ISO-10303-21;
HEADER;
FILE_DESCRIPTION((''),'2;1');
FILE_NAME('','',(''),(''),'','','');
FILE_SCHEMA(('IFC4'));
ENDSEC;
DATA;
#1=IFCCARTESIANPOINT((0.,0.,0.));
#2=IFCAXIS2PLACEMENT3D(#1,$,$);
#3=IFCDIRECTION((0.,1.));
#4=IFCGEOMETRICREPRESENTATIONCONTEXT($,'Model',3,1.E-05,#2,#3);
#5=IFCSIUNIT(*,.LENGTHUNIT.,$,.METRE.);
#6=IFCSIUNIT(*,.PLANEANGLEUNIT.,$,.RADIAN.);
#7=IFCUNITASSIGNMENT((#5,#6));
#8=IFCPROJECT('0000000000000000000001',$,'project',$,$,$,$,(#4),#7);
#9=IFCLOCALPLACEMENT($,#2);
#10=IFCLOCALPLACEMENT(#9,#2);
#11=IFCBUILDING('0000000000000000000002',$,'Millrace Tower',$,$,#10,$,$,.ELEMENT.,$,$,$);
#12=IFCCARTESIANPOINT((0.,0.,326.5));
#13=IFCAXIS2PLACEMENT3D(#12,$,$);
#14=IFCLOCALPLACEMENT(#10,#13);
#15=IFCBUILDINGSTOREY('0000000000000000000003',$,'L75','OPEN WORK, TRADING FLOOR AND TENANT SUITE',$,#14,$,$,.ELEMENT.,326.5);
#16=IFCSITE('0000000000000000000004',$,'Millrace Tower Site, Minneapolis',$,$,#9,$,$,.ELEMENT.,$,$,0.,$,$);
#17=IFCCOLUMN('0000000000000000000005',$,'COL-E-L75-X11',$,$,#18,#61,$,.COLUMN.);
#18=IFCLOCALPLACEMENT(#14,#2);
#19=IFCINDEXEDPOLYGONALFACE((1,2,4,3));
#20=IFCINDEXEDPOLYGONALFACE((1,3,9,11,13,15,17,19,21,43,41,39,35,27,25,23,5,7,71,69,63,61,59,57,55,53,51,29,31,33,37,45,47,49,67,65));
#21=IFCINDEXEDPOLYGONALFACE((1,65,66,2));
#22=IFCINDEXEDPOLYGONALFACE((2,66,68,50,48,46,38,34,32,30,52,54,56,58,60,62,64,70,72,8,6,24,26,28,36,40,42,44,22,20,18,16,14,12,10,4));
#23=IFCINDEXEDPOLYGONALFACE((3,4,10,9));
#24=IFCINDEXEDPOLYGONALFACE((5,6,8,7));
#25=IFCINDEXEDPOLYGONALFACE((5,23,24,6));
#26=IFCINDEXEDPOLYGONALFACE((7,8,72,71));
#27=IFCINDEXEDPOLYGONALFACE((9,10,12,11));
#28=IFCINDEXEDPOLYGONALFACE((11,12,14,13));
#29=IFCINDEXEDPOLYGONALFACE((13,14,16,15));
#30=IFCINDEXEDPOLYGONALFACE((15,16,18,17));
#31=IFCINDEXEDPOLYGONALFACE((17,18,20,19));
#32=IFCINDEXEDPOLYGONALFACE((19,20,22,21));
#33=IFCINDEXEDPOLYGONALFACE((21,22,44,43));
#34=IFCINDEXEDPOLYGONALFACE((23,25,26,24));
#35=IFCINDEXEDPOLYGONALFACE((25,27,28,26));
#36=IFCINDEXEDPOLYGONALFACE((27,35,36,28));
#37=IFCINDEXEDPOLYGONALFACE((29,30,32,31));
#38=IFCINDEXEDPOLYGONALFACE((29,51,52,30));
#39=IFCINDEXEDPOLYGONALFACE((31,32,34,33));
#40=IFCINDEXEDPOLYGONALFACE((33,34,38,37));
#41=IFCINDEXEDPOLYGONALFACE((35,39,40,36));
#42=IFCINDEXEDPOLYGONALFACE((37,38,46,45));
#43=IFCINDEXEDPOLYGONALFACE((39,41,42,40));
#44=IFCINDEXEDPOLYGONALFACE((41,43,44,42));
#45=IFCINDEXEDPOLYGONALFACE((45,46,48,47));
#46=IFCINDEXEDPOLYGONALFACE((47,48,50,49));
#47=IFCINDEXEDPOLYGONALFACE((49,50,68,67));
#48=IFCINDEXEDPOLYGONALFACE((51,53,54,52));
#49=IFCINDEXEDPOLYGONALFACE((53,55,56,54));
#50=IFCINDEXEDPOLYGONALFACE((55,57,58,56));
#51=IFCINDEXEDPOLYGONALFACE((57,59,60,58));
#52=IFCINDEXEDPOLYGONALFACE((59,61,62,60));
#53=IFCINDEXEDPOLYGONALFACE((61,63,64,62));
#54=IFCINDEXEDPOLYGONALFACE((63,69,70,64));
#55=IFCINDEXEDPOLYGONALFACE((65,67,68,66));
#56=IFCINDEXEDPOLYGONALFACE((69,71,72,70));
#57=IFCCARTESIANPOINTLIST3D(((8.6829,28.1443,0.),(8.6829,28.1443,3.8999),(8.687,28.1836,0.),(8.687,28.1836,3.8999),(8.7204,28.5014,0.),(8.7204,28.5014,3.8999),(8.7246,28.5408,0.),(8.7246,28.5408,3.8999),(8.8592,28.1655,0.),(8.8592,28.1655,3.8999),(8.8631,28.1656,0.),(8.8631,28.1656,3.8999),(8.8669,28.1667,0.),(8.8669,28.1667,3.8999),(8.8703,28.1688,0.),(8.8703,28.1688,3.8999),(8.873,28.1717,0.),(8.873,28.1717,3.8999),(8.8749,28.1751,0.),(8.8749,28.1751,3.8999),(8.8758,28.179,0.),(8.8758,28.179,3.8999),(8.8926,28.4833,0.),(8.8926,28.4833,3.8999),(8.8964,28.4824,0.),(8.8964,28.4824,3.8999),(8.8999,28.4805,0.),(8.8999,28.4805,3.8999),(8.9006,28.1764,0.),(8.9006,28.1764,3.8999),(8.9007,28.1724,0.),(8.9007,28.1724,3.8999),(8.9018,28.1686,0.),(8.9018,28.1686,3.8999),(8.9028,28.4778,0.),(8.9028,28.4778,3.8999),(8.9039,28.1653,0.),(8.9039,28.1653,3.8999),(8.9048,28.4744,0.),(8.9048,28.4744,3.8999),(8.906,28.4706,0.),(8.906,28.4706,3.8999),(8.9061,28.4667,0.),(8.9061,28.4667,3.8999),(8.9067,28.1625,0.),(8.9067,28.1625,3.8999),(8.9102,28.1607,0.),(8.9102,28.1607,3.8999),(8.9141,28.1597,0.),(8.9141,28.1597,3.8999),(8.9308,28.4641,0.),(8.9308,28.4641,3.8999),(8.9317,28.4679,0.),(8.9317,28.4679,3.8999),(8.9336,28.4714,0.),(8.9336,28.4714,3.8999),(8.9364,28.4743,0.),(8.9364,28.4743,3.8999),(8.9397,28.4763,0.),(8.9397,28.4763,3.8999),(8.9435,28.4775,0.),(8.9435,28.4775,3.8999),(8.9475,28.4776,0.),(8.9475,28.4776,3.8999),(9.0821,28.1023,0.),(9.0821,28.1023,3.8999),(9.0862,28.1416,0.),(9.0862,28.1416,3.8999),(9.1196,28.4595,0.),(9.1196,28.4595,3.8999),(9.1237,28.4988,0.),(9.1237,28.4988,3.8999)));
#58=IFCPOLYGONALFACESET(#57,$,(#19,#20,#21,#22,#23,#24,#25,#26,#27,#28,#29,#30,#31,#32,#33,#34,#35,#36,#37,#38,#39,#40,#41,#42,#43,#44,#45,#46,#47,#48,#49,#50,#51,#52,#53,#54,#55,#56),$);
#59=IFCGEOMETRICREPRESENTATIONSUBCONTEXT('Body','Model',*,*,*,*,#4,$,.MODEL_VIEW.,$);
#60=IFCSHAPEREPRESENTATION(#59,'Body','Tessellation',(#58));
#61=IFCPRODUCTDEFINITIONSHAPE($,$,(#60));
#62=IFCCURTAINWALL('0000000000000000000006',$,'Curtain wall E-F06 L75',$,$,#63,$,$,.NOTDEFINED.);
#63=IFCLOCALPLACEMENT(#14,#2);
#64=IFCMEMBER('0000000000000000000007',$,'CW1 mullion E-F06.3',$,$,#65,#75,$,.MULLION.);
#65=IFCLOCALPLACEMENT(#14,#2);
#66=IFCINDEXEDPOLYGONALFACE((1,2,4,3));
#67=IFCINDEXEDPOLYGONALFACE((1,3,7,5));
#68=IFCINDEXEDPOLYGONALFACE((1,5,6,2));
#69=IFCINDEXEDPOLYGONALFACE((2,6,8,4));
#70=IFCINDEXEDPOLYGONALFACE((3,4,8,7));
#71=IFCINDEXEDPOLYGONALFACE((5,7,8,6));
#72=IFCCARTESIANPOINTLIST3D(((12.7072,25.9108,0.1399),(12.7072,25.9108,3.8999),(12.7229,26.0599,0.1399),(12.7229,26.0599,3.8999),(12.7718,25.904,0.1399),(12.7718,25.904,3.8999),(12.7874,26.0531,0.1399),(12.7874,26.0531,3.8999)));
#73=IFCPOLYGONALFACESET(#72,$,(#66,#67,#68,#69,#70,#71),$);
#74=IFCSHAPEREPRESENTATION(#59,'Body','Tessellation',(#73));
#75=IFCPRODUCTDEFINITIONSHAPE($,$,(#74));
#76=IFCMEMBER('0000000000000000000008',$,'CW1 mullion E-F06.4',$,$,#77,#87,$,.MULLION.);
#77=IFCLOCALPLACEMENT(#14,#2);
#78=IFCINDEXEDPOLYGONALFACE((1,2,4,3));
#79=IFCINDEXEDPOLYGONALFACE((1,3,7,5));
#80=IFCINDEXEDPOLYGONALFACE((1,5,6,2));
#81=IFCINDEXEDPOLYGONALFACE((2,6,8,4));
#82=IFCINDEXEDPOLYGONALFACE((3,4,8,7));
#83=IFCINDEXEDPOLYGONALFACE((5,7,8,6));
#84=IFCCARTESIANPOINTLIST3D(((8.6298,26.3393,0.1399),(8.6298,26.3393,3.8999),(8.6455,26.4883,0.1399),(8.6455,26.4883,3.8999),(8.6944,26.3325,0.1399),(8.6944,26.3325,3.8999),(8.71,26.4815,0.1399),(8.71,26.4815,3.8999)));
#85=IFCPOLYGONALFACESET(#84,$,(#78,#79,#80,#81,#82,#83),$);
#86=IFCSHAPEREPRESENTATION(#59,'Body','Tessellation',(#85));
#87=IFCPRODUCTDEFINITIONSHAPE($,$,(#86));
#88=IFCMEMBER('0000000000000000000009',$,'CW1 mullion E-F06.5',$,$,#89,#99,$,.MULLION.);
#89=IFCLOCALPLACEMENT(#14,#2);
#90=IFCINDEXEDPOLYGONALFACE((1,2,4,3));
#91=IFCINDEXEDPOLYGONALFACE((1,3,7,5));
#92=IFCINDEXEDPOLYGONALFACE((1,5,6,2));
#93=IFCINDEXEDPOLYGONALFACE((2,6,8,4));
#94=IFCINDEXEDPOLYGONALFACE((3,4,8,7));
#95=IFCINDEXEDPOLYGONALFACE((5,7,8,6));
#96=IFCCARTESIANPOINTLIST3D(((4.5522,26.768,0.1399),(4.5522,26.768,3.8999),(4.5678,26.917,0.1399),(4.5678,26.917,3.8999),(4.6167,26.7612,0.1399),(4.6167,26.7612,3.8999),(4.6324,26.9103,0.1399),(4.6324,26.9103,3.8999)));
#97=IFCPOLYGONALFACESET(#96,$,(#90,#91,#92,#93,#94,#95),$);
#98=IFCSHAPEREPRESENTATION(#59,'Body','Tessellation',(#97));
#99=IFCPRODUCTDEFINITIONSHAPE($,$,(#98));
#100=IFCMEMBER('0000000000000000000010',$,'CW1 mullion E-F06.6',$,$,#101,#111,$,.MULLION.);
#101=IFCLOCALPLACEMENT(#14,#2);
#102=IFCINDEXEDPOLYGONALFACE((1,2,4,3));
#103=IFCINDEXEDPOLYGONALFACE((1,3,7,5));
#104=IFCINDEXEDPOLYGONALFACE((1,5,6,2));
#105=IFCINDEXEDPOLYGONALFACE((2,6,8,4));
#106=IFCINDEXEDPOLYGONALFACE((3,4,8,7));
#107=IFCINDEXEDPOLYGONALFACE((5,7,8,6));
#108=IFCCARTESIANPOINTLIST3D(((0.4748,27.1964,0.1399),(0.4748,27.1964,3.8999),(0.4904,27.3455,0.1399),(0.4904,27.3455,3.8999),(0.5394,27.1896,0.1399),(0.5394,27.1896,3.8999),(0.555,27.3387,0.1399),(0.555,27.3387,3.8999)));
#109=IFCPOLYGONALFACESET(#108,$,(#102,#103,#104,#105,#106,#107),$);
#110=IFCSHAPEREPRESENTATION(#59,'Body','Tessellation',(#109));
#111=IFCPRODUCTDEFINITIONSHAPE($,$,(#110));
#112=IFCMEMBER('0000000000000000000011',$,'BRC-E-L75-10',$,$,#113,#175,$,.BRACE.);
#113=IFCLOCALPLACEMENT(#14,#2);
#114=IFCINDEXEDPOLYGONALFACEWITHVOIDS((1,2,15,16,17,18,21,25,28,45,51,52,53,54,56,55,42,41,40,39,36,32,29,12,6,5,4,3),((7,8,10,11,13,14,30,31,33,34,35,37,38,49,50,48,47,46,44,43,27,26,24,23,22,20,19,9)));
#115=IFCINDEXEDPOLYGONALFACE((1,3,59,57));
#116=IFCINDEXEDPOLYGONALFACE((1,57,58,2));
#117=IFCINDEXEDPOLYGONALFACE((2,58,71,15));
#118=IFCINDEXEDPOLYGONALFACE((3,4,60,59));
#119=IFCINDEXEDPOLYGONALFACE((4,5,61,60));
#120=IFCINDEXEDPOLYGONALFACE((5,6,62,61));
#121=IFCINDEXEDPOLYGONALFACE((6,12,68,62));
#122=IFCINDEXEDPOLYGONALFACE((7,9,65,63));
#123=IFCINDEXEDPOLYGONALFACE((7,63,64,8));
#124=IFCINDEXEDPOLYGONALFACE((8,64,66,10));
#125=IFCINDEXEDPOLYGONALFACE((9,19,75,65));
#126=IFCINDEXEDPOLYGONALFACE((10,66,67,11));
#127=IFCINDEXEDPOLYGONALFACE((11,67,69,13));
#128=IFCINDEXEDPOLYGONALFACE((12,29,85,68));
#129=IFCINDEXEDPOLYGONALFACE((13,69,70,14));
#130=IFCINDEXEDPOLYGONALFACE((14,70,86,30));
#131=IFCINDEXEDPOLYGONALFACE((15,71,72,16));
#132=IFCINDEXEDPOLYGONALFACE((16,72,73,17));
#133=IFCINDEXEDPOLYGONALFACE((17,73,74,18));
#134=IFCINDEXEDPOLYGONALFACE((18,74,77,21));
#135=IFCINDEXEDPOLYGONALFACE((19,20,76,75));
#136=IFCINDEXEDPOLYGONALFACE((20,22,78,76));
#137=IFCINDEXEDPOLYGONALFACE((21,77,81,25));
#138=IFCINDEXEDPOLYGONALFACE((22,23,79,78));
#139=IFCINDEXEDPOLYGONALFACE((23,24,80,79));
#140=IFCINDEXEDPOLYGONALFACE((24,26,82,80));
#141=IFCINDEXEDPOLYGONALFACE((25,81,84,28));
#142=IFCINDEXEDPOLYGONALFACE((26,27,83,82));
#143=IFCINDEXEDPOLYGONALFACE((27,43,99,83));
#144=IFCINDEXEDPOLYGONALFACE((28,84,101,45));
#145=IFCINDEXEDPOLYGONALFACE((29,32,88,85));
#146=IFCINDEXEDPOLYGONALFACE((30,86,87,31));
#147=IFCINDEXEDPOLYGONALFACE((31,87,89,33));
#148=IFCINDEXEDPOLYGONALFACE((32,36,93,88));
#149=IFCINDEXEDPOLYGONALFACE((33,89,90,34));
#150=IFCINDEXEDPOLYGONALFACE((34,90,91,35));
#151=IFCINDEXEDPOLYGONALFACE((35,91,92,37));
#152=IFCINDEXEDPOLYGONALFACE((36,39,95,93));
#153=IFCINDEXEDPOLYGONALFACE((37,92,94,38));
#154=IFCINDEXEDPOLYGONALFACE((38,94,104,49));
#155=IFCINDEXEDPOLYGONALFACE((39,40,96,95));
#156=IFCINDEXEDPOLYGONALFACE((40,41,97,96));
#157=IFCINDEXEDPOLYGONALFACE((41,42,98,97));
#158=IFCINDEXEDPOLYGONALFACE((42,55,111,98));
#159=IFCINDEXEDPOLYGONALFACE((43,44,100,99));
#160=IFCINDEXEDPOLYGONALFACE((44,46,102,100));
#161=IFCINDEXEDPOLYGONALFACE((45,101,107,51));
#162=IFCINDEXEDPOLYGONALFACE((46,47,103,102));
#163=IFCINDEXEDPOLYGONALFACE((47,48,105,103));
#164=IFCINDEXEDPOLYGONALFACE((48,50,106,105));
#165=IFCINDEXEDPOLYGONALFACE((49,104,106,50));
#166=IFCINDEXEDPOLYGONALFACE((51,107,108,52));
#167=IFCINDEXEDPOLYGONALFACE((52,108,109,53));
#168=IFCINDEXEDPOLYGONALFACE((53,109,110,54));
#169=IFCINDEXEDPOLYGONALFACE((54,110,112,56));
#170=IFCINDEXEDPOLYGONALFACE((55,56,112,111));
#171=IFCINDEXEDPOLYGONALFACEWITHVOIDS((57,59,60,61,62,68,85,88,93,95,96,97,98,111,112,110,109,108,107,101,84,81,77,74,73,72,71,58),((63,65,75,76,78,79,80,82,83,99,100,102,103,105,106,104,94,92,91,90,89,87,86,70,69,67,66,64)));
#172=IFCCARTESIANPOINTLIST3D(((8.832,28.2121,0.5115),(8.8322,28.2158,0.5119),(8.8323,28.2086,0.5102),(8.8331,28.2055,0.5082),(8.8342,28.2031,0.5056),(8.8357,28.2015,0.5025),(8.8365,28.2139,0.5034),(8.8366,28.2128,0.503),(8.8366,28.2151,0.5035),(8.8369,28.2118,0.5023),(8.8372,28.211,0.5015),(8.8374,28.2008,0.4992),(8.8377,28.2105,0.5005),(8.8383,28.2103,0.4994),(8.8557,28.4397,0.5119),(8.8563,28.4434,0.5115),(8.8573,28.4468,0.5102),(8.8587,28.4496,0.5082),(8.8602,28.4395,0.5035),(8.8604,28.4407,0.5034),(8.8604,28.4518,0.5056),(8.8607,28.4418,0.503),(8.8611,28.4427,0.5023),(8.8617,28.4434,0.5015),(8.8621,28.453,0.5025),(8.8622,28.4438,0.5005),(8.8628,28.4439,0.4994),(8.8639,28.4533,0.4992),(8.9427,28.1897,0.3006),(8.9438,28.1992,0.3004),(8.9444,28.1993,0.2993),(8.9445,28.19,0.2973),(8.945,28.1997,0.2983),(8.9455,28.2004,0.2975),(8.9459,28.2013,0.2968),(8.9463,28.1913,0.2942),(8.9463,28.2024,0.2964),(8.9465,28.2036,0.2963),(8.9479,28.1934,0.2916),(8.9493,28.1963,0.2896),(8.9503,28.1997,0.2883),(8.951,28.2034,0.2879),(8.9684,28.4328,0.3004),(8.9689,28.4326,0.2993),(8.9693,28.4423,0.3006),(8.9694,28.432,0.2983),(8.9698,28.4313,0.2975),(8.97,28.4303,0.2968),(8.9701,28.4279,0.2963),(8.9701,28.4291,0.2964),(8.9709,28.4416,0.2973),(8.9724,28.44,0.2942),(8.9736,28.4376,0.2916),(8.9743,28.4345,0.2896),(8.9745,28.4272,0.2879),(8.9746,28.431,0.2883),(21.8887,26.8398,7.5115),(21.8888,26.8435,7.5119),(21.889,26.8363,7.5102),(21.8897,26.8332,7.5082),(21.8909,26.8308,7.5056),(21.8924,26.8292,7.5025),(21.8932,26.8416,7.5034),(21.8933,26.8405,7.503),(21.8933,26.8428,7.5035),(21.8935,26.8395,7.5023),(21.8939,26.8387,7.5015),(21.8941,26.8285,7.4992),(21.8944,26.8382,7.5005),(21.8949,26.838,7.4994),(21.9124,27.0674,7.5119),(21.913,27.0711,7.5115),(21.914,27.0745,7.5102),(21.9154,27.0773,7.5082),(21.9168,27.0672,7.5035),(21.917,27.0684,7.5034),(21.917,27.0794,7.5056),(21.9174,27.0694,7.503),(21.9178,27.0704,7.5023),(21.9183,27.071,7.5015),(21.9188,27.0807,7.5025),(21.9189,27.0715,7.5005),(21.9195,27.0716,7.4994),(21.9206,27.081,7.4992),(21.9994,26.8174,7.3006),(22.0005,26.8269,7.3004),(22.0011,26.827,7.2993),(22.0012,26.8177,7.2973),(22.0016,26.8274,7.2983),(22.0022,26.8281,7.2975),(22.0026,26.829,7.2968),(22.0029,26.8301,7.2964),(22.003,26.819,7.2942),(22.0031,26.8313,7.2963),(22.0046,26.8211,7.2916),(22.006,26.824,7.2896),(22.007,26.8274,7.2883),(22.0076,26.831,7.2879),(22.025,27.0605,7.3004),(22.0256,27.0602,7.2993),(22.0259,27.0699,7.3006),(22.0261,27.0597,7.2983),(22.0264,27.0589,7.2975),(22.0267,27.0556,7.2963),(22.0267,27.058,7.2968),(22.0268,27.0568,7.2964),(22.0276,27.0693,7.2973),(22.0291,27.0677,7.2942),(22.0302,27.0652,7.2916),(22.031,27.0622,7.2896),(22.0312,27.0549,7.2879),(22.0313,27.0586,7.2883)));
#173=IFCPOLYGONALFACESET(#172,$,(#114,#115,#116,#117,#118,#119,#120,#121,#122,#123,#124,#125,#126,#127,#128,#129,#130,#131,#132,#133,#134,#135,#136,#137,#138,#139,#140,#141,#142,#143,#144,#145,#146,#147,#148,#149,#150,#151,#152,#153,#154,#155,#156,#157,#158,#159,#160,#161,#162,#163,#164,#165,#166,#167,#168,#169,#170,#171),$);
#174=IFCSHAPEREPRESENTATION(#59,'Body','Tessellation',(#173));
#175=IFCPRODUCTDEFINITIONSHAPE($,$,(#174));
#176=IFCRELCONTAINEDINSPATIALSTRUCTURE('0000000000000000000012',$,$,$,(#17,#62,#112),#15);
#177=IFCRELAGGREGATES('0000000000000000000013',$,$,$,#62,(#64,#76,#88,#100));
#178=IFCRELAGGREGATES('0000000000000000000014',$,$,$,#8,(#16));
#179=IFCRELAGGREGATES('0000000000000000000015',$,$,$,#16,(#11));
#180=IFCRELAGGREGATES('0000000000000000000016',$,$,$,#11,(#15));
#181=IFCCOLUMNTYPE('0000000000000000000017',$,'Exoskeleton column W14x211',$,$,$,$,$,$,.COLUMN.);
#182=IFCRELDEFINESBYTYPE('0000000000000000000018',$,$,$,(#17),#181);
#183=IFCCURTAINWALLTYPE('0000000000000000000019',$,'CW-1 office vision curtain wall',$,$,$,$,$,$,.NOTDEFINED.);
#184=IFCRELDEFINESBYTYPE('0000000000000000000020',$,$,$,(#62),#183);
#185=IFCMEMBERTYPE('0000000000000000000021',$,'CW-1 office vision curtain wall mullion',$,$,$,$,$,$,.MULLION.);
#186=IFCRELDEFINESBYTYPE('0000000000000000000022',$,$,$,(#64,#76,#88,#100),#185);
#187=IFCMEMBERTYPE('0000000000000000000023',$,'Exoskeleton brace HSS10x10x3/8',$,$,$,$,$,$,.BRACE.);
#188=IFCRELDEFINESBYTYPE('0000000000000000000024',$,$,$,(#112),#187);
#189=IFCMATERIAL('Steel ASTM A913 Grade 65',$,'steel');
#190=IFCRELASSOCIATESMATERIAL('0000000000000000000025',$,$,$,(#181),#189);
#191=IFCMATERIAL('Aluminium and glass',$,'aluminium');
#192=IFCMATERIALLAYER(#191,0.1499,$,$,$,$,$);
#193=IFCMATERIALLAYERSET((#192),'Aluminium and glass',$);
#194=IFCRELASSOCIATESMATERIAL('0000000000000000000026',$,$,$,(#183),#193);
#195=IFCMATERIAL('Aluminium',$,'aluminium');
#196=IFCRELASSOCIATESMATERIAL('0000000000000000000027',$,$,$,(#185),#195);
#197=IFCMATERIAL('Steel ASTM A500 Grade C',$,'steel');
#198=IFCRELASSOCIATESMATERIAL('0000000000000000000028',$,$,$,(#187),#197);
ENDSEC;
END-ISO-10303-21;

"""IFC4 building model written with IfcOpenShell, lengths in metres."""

from ifc_helpers import new_model, si_unit, direction, frame, origin, origin_2d, place, context, subcontext, project, spatial, rectangle, hollow_rectangle, i_section, extrude, material, layer, layer_set, material_profile, profile_set, type_object, element, aggregate, save


model = new_model("IFC4")

# Units and contexts
model_context = context("Model", 3, precision=1e-05, world=origin(), true_north=direction((0.0, 1.0)))
body_context = subcontext(model_context, "Body", "Model", "MODEL_VIEW")
ifc_project = project(units=[si_unit("LENGTHUNIT", "METRE"), si_unit("PLANEANGLEUNIT", "RADIAN")], contexts=[model_context])

# Site, building, storey
site_placement = place(None, origin())
site = spatial("IfcSite", under=ifc_project, at=site_placement, Name="Millrace Tower Site, Minneapolis", CompositionType="ELEMENT", RefElevation=0.0)
building_placement = place(site_placement, origin())
building = spatial("IfcBuilding", under=site, at=building_placement, Name="Millrace Tower", CompositionType="ELEMENT")
storey_placement = place(building_placement, frame((0.0, 0.0, 326.5)))
storey = spatial("IfcBuildingStorey", under=building, at=storey_placement, Name="L75", Description="OPEN WORK, TRADING FLOOR AND TENANT SUITE", CompositionType="ELEMENT", Elevation=326.5)

# Column
ifc_material_1 = material(Name="Steel ASTM A913 Grade 65", Category="steel")
ifc_material_profile_1 = material_profile(ifc_material_1, i_section(OverallWidth=0.4014, OverallDepth=0.3987, WebThickness=0.0249, FlangeThickness=0.0396, FilletRadius=0.0151, at=origin_2d()))
ifc_profile_set_1 = profile_set([ifc_material_profile_1], Name="Steel ASTM A913 Grade 65")
column_type = type_object("IfcColumnType", Name="Exoskeleton column W14x211", PredefinedType="COLUMN", material=ifc_profile_set_1)
column_placement = place(storey_placement, frame((8.9033, 28.3215, 0.0), z_axis=(0.0, 0.0, 1.0), x_axis=(-0.994522, 0.104528, 0.0)))
element("IfcColumn", 1, at=column_placement, inside=storey, type_object=column_type, Name="COL-E-L75-X11", PredefinedType="COLUMN", context=body_context, shape_type="SweptSolid", body=[
    extrude(i_section(OverallWidth=0.4014, OverallDepth=0.3987, WebThickness=0.0249, FlangeThickness=0.0396, FilletRadius=0.0151, at=origin_2d()), origin(), (0.0, 0.0, 1.0), 3.8999),
])

# Curtain wall, members
ifc_material_2 = material(Name="Aluminium and glass", Category="aluminium")
ifc_layer_1 = layer(ifc_material_2, 0.1499)
ifc_layer_set_1 = layer_set([ifc_layer_1], Name="Aluminium and glass")
curtain_wall_type = type_object("IfcCurtainWallType", Name="CW-1 office vision curtain wall", PredefinedType="NOTDEFINED", material=ifc_layer_set_1)
curtain_wall_placement = place(storey_placement, origin())
curtain_wall = element("IfcCurtainWall", 2, at=curtain_wall_placement, inside=storey, type_object=curtain_wall_type, Name="Curtain wall E-F06 L75", PredefinedType="NOTDEFINED")
ifc_material_3 = material(Name="Aluminium", Category="aluminium")
ifc_material_profile_2 = material_profile(ifc_material_3, rectangle(XDim=0.0649, YDim=0.1499, at=origin_2d()))
ifc_profile_set_2 = profile_set([ifc_material_profile_2], Name="Aluminium")
member_type_1 = type_object("IfcMemberType", Name="CW-1 office vision curtain wall mullion", PredefinedType="MULLION", material=ifc_profile_set_2)
member_1_placement = place(storey_placement, frame((12.7473, 25.9819, 0.1399), z_axis=(0.0, 0.0, 1.0), x_axis=(-0.994522, 0.104528, 0.0)))
member_1 = element("IfcMember", 3, at=member_1_placement, type_object=member_type_1, Name="CW1 mullion E-F06.3", PredefinedType="MULLION", context=body_context, shape_type="SweptSolid", body=[
    extrude(rectangle(XDim=0.0649, YDim=0.1499, at=origin_2d()), origin(), (0.0, 0.0, 1.0), 3.76),
])
member_2_placement = place(storey_placement, frame((8.6699, 26.4104, 0.1399), z_axis=(0.0, 0.0, 1.0), x_axis=(-0.994522, 0.104528, 0.0)))
member_2 = element("IfcMember", 4, at=member_2_placement, type_object=member_type_1, Name="CW1 mullion E-F06.4", PredefinedType="MULLION", context=body_context, shape_type="SweptSolid", body=[
    extrude(rectangle(XDim=0.0649, YDim=0.1499, at=origin_2d()), origin(), (0.0, 0.0, 1.0), 3.76),
])
member_3_placement = place(storey_placement, frame((4.5923, 26.8391, 0.1399), z_axis=(0.0, 0.0, 1.0), x_axis=(-0.994522, 0.104528, 0.0)))
member_3 = element("IfcMember", 5, at=member_3_placement, type_object=member_type_1, Name="CW1 mullion E-F06.5", PredefinedType="MULLION", context=body_context, shape_type="SweptSolid", body=[
    extrude(rectangle(XDim=0.0649, YDim=0.1499, at=origin_2d()), origin(), (0.0, 0.0, 1.0), 3.76),
])
member_4_placement = place(storey_placement, frame((0.5149, 27.2676, 0.1399), z_axis=(0.0, 0.0, 1.0), x_axis=(-0.994522, 0.104528, 0.0)))
member_4 = element("IfcMember", 6, at=member_4_placement, type_object=member_type_1, Name="CW1 mullion E-F06.6", PredefinedType="MULLION", context=body_context, shape_type="SweptSolid", body=[
    extrude(rectangle(XDim=0.0649, YDim=0.1499, at=origin_2d()), origin(), (0.0, 0.0, 1.0), 3.76),
])
aggregate(curtain_wall, [member_1, member_2, member_3, member_4])

# Member
ifc_material_4 = material(Name="Steel ASTM A500 Grade C", Category="steel")
ifc_material_profile_3 = material_profile(ifc_material_4, hollow_rectangle(XDim=0.2539, YDim=0.2539, WallThickness=0.0095, InnerFilletRadius=0.0046, OuterFilletRadius=0.0144, at=origin_2d()))
ifc_profile_set_3 = profile_set([ifc_material_profile_3], Name="Steel ASTM A500 Grade C")
member_type_2 = type_object("IfcMemberType", Name="Exoskeleton brace HSS10x10x3/8", PredefinedType="BRACE", material=ifc_profile_set_3)
member_5_placement = place(storey_placement, frame((8.9033, 28.3215, 0.3999), z_axis=(0.877572, -0.092237, 0.470489), x_axis=(0.104529, 0.994522, 0.0)))
element("IfcMember", 7, at=member_5_placement, inside=storey, type_object=member_type_2, Name="BRC-E-L75-10", PredefinedType="BRACE", context=body_context, shape_type="SweptSolid", body=[
    extrude(hollow_rectangle(XDim=0.2539, YDim=0.2539, WallThickness=0.0095, InnerFilletRadius=0.0046, OuterFilletRadius=0.0144, at=origin_2d()), origin(), (0.0, 0.0, 1.0), 14.8782),
])

save(model, "model.ifc")
